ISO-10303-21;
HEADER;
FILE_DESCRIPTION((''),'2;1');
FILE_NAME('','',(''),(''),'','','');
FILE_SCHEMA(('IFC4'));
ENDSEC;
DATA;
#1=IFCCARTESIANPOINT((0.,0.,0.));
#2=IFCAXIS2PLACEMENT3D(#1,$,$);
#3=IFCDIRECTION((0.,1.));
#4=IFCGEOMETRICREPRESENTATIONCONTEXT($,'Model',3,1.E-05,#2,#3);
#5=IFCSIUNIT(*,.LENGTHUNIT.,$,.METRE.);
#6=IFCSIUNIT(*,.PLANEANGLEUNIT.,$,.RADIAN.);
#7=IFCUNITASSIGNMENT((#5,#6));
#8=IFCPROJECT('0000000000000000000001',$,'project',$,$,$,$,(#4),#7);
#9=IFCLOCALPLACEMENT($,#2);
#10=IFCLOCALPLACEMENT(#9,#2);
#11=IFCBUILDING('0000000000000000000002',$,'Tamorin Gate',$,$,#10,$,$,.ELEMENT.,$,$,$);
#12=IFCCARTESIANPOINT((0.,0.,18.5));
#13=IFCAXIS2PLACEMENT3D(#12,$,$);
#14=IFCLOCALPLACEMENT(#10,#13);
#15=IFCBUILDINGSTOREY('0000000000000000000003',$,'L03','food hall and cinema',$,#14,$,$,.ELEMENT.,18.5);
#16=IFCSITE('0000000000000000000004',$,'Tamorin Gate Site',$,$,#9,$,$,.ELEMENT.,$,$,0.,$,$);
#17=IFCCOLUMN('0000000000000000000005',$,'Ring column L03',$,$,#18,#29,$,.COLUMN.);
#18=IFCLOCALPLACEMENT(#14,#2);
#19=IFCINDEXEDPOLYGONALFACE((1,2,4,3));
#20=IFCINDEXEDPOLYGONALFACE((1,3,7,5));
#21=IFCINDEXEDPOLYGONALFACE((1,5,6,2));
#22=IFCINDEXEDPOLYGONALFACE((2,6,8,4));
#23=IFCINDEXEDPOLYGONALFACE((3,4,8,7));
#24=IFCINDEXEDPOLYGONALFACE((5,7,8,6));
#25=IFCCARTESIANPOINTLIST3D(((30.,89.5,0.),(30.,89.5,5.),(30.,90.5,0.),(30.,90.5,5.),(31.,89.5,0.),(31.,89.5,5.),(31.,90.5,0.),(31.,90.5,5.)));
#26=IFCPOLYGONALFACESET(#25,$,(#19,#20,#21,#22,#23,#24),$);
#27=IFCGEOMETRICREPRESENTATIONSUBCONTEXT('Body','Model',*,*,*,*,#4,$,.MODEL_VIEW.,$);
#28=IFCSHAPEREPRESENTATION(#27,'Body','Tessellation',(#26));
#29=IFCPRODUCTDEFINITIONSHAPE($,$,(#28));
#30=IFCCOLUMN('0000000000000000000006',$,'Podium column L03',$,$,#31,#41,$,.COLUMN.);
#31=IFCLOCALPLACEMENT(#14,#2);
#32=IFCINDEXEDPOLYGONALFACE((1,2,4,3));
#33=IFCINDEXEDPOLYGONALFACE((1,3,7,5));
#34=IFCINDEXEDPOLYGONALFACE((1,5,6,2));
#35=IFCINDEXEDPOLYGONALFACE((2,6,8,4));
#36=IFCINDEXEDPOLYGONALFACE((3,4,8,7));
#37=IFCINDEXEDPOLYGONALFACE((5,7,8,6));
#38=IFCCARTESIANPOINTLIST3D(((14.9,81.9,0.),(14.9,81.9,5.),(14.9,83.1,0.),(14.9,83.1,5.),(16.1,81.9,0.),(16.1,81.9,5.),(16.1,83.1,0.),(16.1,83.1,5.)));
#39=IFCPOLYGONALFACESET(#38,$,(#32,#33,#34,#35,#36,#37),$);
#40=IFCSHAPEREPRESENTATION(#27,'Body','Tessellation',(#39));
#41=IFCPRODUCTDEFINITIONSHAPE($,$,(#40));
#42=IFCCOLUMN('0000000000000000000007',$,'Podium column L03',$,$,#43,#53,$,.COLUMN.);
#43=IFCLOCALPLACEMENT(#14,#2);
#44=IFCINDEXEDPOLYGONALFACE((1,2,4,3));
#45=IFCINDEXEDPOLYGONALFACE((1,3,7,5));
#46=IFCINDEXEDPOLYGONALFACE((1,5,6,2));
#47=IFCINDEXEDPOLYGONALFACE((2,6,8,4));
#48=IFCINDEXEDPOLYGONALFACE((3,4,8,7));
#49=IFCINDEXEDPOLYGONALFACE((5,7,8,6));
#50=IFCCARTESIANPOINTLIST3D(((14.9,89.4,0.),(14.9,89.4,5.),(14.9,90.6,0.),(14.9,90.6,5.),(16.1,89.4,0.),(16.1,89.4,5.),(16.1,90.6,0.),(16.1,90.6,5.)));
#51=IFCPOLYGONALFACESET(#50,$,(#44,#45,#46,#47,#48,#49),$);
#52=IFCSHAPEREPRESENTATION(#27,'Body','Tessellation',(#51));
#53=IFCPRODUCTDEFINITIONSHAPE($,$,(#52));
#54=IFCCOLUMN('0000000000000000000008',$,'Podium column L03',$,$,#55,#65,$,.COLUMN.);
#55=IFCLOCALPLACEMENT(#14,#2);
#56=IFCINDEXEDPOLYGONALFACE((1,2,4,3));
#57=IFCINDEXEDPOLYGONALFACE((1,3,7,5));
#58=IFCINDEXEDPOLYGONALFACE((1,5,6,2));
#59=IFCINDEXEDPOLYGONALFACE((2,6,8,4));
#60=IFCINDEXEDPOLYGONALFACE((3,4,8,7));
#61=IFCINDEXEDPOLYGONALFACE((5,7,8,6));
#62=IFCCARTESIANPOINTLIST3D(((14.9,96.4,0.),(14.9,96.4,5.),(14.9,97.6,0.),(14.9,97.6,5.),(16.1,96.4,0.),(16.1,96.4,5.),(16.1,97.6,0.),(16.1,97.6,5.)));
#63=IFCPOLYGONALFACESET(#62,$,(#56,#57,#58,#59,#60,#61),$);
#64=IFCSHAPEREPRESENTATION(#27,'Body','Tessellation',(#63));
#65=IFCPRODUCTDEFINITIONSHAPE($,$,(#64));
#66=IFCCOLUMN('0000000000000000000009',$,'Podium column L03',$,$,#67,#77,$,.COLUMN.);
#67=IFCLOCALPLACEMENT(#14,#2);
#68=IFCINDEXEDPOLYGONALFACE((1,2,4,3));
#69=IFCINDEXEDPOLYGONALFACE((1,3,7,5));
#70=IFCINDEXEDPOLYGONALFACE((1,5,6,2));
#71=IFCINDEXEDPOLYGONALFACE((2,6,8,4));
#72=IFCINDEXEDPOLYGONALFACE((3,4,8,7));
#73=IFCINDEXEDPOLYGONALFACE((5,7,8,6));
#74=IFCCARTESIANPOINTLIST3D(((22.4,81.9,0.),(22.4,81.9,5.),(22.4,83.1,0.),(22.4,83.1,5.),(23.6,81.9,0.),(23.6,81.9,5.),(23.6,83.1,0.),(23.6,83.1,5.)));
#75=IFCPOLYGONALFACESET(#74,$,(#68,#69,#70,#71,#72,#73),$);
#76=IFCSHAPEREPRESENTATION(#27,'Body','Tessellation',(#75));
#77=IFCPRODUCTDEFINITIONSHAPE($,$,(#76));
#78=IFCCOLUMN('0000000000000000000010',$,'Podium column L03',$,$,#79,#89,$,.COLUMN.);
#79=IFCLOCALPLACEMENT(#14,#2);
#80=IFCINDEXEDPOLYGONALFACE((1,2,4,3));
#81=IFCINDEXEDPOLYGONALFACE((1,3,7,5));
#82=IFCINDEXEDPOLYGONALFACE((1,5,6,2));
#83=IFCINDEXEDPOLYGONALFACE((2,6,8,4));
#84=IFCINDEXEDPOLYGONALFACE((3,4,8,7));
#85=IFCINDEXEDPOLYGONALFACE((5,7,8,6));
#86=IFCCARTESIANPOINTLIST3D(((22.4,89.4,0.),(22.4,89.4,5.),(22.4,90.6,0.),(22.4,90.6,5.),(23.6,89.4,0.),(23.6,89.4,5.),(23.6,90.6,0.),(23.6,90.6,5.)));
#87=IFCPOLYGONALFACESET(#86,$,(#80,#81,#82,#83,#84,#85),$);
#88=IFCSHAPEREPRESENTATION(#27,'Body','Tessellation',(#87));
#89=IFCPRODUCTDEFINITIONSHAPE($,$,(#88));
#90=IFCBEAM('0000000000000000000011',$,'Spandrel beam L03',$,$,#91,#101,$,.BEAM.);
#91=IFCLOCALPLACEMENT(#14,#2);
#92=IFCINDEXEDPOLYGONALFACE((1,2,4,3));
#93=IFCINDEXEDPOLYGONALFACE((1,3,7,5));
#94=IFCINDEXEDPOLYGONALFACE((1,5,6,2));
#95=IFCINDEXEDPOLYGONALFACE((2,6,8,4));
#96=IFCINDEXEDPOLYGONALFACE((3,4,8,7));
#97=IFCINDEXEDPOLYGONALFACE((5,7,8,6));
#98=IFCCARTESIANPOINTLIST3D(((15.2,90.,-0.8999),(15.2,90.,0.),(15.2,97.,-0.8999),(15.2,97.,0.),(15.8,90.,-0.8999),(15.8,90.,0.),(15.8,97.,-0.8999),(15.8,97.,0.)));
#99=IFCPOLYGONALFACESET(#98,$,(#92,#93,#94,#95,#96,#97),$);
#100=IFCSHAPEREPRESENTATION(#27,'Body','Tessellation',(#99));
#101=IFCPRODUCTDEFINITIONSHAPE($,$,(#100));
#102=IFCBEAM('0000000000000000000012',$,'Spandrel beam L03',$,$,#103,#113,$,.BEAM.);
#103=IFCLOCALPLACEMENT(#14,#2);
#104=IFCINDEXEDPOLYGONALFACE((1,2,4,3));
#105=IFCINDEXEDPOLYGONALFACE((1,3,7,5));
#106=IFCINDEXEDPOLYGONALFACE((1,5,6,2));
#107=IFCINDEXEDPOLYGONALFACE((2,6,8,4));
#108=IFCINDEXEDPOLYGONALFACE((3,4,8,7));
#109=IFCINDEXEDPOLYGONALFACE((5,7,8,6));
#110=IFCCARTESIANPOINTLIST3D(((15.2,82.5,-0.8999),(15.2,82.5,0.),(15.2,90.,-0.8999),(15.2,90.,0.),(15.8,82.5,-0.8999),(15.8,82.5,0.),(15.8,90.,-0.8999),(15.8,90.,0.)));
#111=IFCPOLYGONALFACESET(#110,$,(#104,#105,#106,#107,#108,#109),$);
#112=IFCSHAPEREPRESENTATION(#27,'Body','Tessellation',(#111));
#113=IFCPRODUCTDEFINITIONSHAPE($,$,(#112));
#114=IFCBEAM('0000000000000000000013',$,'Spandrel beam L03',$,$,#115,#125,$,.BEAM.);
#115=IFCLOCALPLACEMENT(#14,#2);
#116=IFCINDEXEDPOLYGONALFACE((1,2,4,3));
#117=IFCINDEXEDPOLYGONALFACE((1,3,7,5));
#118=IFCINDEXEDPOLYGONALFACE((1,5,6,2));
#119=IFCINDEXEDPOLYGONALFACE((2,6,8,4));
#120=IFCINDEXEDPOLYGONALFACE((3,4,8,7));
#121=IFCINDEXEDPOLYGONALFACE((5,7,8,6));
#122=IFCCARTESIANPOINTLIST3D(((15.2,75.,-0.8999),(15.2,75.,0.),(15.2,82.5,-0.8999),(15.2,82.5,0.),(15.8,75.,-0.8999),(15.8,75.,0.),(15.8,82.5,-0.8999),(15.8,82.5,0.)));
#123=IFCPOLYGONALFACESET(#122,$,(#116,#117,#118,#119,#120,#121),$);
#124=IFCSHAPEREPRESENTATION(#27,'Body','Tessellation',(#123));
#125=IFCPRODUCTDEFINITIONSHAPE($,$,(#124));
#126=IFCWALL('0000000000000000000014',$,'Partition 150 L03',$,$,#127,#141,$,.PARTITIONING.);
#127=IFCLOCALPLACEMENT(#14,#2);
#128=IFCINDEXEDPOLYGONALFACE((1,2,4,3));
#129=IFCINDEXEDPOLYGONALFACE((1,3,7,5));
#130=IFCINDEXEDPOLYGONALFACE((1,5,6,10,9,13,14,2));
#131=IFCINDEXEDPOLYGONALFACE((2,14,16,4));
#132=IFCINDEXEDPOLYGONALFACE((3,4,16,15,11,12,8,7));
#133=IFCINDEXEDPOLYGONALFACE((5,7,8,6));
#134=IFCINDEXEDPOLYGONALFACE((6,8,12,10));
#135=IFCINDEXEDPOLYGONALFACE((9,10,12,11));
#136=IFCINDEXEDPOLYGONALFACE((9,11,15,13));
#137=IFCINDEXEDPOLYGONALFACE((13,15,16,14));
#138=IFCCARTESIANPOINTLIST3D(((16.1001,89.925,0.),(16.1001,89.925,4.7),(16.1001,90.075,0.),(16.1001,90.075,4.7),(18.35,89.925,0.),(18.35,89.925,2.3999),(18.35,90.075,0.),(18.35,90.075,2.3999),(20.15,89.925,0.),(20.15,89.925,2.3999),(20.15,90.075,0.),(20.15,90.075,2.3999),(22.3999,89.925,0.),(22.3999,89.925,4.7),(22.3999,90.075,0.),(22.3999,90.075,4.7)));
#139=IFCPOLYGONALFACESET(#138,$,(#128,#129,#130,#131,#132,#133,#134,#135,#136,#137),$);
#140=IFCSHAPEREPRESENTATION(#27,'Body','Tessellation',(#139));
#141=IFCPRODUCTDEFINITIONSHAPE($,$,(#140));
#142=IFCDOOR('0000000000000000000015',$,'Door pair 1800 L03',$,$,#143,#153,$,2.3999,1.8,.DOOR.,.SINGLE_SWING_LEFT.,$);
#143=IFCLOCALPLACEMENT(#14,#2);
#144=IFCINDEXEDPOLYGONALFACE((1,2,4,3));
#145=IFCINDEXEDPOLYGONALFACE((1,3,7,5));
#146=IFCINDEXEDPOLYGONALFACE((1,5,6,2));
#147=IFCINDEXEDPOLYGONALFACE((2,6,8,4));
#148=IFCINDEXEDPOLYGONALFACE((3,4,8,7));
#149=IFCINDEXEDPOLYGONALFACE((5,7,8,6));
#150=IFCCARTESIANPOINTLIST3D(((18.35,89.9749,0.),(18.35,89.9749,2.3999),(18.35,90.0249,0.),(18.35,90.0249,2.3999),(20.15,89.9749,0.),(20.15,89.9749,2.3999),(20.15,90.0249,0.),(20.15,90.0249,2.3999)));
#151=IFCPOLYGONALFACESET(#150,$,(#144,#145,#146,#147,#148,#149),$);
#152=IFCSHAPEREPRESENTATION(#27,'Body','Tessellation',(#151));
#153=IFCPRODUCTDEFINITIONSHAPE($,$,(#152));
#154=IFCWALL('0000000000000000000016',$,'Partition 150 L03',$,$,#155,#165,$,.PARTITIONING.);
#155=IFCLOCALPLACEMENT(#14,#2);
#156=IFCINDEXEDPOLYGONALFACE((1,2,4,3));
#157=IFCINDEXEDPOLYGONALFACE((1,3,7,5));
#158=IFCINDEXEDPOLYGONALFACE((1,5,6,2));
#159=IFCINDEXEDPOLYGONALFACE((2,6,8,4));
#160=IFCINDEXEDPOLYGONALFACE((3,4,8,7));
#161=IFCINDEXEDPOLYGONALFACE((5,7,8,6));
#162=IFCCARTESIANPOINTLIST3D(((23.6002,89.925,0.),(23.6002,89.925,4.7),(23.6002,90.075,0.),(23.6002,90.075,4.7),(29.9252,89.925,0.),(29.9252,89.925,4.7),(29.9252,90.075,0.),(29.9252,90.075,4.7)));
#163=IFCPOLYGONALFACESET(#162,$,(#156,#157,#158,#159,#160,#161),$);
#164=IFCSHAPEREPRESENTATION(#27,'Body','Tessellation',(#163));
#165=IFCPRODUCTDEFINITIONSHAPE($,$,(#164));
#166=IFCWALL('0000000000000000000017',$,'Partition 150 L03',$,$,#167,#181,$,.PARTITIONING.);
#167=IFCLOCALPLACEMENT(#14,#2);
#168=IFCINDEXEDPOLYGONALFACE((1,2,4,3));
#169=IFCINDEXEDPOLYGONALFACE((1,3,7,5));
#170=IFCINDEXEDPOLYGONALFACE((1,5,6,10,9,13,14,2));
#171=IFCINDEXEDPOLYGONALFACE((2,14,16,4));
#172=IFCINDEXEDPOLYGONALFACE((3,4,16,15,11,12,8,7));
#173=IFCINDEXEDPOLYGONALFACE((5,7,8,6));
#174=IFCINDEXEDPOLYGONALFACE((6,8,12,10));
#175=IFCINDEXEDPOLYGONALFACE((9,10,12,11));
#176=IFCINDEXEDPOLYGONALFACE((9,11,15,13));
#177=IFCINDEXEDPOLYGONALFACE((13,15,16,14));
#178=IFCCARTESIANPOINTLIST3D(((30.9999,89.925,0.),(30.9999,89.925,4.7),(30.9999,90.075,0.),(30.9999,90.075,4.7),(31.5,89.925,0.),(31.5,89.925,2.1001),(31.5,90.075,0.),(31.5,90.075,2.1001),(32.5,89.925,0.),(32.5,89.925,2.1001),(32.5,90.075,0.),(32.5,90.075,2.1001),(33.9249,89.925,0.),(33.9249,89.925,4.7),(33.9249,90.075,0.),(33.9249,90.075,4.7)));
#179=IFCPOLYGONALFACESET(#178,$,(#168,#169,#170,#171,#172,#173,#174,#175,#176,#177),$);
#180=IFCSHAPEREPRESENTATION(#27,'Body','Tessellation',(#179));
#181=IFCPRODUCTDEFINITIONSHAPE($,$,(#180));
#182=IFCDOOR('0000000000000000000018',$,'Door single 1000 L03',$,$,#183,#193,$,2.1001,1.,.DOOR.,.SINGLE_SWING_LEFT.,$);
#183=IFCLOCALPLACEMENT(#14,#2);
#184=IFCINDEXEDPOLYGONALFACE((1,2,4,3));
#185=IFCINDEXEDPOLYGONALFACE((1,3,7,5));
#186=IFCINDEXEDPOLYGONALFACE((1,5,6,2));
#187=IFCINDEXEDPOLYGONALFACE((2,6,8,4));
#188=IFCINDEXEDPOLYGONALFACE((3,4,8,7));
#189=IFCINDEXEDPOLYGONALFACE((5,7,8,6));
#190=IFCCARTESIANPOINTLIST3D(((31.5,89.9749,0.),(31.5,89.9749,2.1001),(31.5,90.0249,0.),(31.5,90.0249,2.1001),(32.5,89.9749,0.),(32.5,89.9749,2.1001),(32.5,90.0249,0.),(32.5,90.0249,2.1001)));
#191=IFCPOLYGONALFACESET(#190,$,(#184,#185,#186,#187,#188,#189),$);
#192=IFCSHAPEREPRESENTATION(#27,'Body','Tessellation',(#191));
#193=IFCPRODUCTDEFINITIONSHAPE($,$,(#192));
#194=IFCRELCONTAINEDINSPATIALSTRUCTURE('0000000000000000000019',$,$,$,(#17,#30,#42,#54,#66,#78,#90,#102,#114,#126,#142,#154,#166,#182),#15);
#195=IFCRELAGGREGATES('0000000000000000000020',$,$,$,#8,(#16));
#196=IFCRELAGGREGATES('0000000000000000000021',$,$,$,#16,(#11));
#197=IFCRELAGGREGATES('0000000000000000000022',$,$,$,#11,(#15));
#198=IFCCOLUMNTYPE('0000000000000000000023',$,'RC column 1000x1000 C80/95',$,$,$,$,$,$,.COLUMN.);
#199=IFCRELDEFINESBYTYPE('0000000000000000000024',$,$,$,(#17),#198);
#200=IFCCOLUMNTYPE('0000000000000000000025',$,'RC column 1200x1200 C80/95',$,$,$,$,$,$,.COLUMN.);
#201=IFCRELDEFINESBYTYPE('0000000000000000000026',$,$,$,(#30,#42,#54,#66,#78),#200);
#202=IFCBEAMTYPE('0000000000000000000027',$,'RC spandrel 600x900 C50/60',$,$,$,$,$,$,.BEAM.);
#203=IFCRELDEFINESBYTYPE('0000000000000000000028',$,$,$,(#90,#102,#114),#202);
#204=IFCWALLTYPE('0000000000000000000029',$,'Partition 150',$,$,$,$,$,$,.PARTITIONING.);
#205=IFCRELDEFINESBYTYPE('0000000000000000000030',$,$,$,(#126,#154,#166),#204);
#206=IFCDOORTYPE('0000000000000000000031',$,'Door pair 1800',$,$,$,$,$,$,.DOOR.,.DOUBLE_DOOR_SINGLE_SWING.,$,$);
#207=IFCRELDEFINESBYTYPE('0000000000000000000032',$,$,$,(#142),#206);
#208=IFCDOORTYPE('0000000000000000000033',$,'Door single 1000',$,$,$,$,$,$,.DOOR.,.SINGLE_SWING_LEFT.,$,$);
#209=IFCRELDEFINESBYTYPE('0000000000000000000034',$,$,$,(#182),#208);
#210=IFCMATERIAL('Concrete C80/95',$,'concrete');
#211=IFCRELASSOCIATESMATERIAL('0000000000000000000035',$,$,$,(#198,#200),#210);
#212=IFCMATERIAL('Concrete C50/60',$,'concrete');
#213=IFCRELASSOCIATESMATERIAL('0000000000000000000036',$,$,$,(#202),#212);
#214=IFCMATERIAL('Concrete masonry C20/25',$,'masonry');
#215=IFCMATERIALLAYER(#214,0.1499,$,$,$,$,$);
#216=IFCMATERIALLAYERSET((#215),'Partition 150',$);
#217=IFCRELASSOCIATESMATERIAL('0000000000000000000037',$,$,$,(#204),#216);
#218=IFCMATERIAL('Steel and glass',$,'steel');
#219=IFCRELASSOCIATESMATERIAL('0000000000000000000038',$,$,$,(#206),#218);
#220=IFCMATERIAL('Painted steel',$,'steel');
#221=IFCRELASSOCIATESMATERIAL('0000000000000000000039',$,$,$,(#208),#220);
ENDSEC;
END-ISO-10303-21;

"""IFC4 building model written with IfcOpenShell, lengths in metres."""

from ifc_helpers import new_model, si_unit, direction, frame, frame_2d, origin, origin_2d, place, context, subcontext, project, spatial, rectangle, extrude, material, layer, layer_set, material_profile, profile_set, type_object, element, fill, save


model = new_model("IFC4")

# Units and contexts
model_context = context("Model", 3, precision=1e-05, world=origin(), true_north=direction((0.0, 1.0)))
body_context = subcontext(model_context, "Body", "Model", "MODEL_VIEW")
ifc_project = project(units=[si_unit("LENGTHUNIT", "METRE"), si_unit("PLANEANGLEUNIT", "RADIAN")], contexts=[model_context])

# Site, building, storey
site_placement = place(None, origin())
site = spatial("IfcSite", under=ifc_project, at=site_placement, Name="Tamorin Gate Site", CompositionType="ELEMENT", RefElevation=0.0)
building_placement = place(site_placement, origin())
building = spatial("IfcBuilding", under=site, at=building_placement, Name="Tamorin Gate", CompositionType="ELEMENT")
storey_placement = place(building_placement, frame((0.0, 0.0, 18.5)))
storey = spatial("IfcBuildingStorey", under=building, at=storey_placement, Name="L03", Description="food hall and cinema", CompositionType="ELEMENT", Elevation=18.5)

# Columns
ifc_material_1 = material(Name="Concrete C80/95", Category="concrete")
ifc_material_profile_1 = material_profile(ifc_material_1, rectangle(XDim=1.0, YDim=1.0, at=origin_2d()), Name="RC 1000x1000")
ifc_profile_set_1 = profile_set([ifc_material_profile_1], Name="Concrete C80/95")
column_type_1 = type_object("IfcColumnType", Name="RC column 1000x1000 C80/95", PredefinedType="COLUMN", material=ifc_profile_set_1)
column_placement = place(storey_placement, frame((30.5, 90.0, 0.0), z_axis=(0.0, 0.0, 1.0), x_axis=(1.0, 0.0, 0.0)))
element("IfcColumn", 1, at=column_placement, inside=storey, type_object=column_type_1, Name="Ring column L03", PredefinedType="COLUMN", context=body_context, shape_type="SweptSolid", body=[
    extrude(rectangle(XDim=1.0, YDim=1.0, at=origin_2d()), origin(), (0.0, 0.0, 1.0), 5.0),
])
ifc_material_profile_2 = material_profile(ifc_material_1, rectangle(XDim=1.2, YDim=1.2, at=origin_2d()), Name="RC 1200x1200")
ifc_profile_set_2 = profile_set([ifc_material_profile_2], Name="Concrete C80/95")
column_type_2 = type_object("IfcColumnType", Name="RC column 1200x1200 C80/95", PredefinedType="COLUMN", material=ifc_profile_set_2)
for number, where, z_axis, x_axis, name in (
    (2, (15.5, 82.5, 0.0), (0.0, 0.0, 1.0), (1.0, 0.0, 0.0), "Podium column L03"),
    (3, (15.5, 90.0, 0.0), (0.0, 0.0, 1.0), (1.0, 0.0, 0.0), "Podium column L03"),
    (4, (15.5, 97.0, 0.0), (0.0, 0.0, 1.0), (1.0, 0.0, 0.0), "Podium column L03"),
    (5, (23.0, 82.5, 0.0), (0.0, 0.0, 1.0), (1.0, 0.0, 0.0), "Podium column L03"),
    (6, (23.0, 90.0, 0.0), (0.0, 0.0, 1.0), (1.0, 0.0, 0.0), "Podium column L03"),
):
    element("IfcColumn", number, at=place(storey_placement, frame(where, z_axis=z_axis, x_axis=x_axis)), inside=storey, type_object=column_type_2, Name=name, PredefinedType="COLUMN", context=body_context, shape_type="SweptSolid", body=[
        extrude(rectangle(XDim=1.2, YDim=1.2, at=origin_2d()), origin(), (0.0, 0.0, 1.0), 5.0),
    ])

# Beams
ifc_material_2 = material(Name="Concrete C50/60", Category="concrete")
ifc_material_profile_3 = material_profile(ifc_material_2, rectangle(XDim=0.6001, YDim=0.8999, at=origin_2d()), Name="RC 600x900")
ifc_profile_set_3 = profile_set([ifc_material_profile_3], Name="Concrete C50/60")
beam_type = type_object("IfcBeamType", Name="RC spandrel 600x900 C50/60", PredefinedType="BEAM", material=ifc_profile_set_3)
beam_placement = place(storey_placement, frame((15.5, 97.0, -0.45), z_axis=(0.0, -1.0, 0.0), x_axis=(1.0, 0.0, 0.0)))
element("IfcBeam", 7, at=beam_placement, inside=storey, type_object=beam_type, Name="Spandrel beam L03", PredefinedType="BEAM", context=body_context, shape_type="SweptSolid", body=[
    extrude(rectangle(XDim=0.6001, YDim=0.8999, at=origin_2d()), origin(), (0.0, 0.0, 1.0), 7.0),
])
for number, where, z_axis, x_axis, name in (
    (8, (15.5, 90.0, -0.45), (0.0, -1.0, 0.0), (1.0, 0.0, 0.0), "Spandrel beam L03"),
    (9, (15.5, 82.5, -0.45), (0.0, -1.0, 0.0), (1.0, 0.0, 0.0), "Spandrel beam L03"),
):
    element("IfcBeam", number, at=place(storey_placement, frame(where, z_axis=z_axis, x_axis=x_axis)), inside=storey, type_object=beam_type, Name=name, PredefinedType="BEAM", context=body_context, shape_type="SweptSolid", body=[
        extrude(rectangle(XDim=0.6001, YDim=0.8999, at=origin_2d()), origin(), (0.0, 0.0, 1.0), 7.5),
    ])

# Wall, opening, door
ifc_material_3 = material(Name="Concrete masonry C20/25", Category="masonry")
ifc_layer_1 = layer(ifc_material_3, 0.1499)
ifc_layer_set_1 = layer_set([ifc_layer_1], Name="Partition 150")
wall_type_1 = type_object("IfcWallType", Name="Partition 150", PredefinedType="PARTITIONING", material=ifc_layer_set_1)
wall_1_placement = place(storey_placement, frame((16.1001, 90.0, 0.0), z_axis=(0.0, 0.0, 1.0), x_axis=(1.0, 0.0, 0.0)))
wall_1 = element("IfcWall", 10, at=wall_1_placement, inside=storey, type_object=wall_type_1, Name="Partition 150 L03", PredefinedType="PARTITIONING", context=body_context, shape_type="SweptSolid", body=[
    extrude(rectangle(XDim=6.2998, YDim=0.1499, at=frame_2d((3.1499, 0.0))), origin(), (0.0, 0.0, 1.0), 4.7),
])
opening_1_placement = place(wall_1_placement, frame((2.25, 0.0, 0.0)))
opening_1 = element("IfcOpeningElement", 11, at=opening_1_placement, cuts=wall_1, PredefinedType="OPENING", context=body_context, shape_type="SweptSolid", body=[
    extrude(rectangle(XDim=1.8, YDim=2.3999, at=frame_2d((0.8999, 1.2))), frame((0.0, 0.085, 0.0), z_axis=(0.0, -1.0, 0.0), x_axis=(1.0, 0.0, 0.0)), (0.0, 0.0, 1.0), 0.1699),
])
ifc_material_4 = material(Name="Steel and glass", Category="steel")
door_type_1 = type_object("IfcDoorType", Name="Door pair 1800", OperationType="DOUBLE_DOOR_SINGLE_SWING", PredefinedType="DOOR", material=ifc_material_4)
door_1_placement = place(opening_1_placement, origin())
door_1 = element("IfcDoor", 12, at=door_1_placement, inside=storey, type_object=door_type_1, Name="Door pair 1800 L03", OperationType="SINGLE_SWING_LEFT", OverallHeight=2.3999, OverallWidth=1.8, PredefinedType="DOOR", context=body_context, shape_type="SweptSolid", body=[
    extrude(rectangle(XDim=1.8, YDim=2.3999, at=frame_2d((0.8999, 1.2))), frame((0.0, 0.0249, 0.0), z_axis=(0.0, -1.0, 0.0), x_axis=(1.0, 0.0, 0.0)), (0.0, 0.0, 1.0), 0.05),
])
fill(opening_1, door_1)

# Wall
wall_2_placement = place(storey_placement, frame((23.6001, 90.0, 0.0), z_axis=(0.0, 0.0, 1.0), x_axis=(1.0, 0.0, 0.0)))
element("IfcWall", 13, at=wall_2_placement, inside=storey, type_object=wall_type_1, Name="Partition 150 L03", PredefinedType="PARTITIONING", context=body_context, shape_type="SweptSolid", body=[
    extrude(rectangle(XDim=6.325, YDim=0.1499, at=frame_2d((3.1626, 0.0))), origin(), (0.0, 0.0, 1.0), 4.7),
])

# Wall, opening, door
wall_3_placement = place(storey_placement, frame((31.0, 90.0, 0.0), z_axis=(0.0, 0.0, 1.0), x_axis=(1.0, 0.0, 0.0)))
wall_3 = element("IfcWall", 14, at=wall_3_placement, inside=storey, type_object=wall_type_1, Name="Partition 150 L03", PredefinedType="PARTITIONING", context=body_context, shape_type="SweptSolid", body=[
    extrude(rectangle(XDim=2.925, YDim=0.1499, at=frame_2d((1.4624, 0.0))), origin(), (0.0, 0.0, 1.0), 4.7),
])
opening_2_placement = place(wall_3_placement, frame((0.5, 0.0, 0.0)))
opening_2 = element("IfcOpeningElement", 15, at=opening_2_placement, cuts=wall_3, PredefinedType="OPENING", context=body_context, shape_type="SweptSolid", body=[
    extrude(rectangle(XDim=1.0, YDim=2.1001, at=frame_2d((0.5, 1.05))), frame((0.0, 0.085, 0.0), z_axis=(0.0, -1.0, 0.0), x_axis=(1.0, 0.0, 0.0)), (0.0, 0.0, 1.0), 0.1699),
])
ifc_material_5 = material(Name="Painted steel", Category="steel")
door_type_2 = type_object("IfcDoorType", Name="Door single 1000", OperationType="SINGLE_SWING_LEFT", PredefinedType="DOOR", material=ifc_material_5)
door_2_placement = place(opening_2_placement, origin())
door_2 = element("IfcDoor", 16, at=door_2_placement, inside=storey, type_object=door_type_2, Name="Door single 1000 L03", OperationType="SINGLE_SWING_LEFT", OverallHeight=2.1001, OverallWidth=1.0, PredefinedType="DOOR", context=body_context, shape_type="SweptSolid", body=[
    extrude(rectangle(XDim=1.0, YDim=2.1001, at=frame_2d((0.5, 1.05))), frame((0.0, 0.0249, 0.0), z_axis=(0.0, -1.0, 0.0), x_axis=(1.0, 0.0, 0.0)), (0.0, 0.0, 1.0), 0.05),
])
fill(opening_2, door_2)

save(model, "model.ifc")
